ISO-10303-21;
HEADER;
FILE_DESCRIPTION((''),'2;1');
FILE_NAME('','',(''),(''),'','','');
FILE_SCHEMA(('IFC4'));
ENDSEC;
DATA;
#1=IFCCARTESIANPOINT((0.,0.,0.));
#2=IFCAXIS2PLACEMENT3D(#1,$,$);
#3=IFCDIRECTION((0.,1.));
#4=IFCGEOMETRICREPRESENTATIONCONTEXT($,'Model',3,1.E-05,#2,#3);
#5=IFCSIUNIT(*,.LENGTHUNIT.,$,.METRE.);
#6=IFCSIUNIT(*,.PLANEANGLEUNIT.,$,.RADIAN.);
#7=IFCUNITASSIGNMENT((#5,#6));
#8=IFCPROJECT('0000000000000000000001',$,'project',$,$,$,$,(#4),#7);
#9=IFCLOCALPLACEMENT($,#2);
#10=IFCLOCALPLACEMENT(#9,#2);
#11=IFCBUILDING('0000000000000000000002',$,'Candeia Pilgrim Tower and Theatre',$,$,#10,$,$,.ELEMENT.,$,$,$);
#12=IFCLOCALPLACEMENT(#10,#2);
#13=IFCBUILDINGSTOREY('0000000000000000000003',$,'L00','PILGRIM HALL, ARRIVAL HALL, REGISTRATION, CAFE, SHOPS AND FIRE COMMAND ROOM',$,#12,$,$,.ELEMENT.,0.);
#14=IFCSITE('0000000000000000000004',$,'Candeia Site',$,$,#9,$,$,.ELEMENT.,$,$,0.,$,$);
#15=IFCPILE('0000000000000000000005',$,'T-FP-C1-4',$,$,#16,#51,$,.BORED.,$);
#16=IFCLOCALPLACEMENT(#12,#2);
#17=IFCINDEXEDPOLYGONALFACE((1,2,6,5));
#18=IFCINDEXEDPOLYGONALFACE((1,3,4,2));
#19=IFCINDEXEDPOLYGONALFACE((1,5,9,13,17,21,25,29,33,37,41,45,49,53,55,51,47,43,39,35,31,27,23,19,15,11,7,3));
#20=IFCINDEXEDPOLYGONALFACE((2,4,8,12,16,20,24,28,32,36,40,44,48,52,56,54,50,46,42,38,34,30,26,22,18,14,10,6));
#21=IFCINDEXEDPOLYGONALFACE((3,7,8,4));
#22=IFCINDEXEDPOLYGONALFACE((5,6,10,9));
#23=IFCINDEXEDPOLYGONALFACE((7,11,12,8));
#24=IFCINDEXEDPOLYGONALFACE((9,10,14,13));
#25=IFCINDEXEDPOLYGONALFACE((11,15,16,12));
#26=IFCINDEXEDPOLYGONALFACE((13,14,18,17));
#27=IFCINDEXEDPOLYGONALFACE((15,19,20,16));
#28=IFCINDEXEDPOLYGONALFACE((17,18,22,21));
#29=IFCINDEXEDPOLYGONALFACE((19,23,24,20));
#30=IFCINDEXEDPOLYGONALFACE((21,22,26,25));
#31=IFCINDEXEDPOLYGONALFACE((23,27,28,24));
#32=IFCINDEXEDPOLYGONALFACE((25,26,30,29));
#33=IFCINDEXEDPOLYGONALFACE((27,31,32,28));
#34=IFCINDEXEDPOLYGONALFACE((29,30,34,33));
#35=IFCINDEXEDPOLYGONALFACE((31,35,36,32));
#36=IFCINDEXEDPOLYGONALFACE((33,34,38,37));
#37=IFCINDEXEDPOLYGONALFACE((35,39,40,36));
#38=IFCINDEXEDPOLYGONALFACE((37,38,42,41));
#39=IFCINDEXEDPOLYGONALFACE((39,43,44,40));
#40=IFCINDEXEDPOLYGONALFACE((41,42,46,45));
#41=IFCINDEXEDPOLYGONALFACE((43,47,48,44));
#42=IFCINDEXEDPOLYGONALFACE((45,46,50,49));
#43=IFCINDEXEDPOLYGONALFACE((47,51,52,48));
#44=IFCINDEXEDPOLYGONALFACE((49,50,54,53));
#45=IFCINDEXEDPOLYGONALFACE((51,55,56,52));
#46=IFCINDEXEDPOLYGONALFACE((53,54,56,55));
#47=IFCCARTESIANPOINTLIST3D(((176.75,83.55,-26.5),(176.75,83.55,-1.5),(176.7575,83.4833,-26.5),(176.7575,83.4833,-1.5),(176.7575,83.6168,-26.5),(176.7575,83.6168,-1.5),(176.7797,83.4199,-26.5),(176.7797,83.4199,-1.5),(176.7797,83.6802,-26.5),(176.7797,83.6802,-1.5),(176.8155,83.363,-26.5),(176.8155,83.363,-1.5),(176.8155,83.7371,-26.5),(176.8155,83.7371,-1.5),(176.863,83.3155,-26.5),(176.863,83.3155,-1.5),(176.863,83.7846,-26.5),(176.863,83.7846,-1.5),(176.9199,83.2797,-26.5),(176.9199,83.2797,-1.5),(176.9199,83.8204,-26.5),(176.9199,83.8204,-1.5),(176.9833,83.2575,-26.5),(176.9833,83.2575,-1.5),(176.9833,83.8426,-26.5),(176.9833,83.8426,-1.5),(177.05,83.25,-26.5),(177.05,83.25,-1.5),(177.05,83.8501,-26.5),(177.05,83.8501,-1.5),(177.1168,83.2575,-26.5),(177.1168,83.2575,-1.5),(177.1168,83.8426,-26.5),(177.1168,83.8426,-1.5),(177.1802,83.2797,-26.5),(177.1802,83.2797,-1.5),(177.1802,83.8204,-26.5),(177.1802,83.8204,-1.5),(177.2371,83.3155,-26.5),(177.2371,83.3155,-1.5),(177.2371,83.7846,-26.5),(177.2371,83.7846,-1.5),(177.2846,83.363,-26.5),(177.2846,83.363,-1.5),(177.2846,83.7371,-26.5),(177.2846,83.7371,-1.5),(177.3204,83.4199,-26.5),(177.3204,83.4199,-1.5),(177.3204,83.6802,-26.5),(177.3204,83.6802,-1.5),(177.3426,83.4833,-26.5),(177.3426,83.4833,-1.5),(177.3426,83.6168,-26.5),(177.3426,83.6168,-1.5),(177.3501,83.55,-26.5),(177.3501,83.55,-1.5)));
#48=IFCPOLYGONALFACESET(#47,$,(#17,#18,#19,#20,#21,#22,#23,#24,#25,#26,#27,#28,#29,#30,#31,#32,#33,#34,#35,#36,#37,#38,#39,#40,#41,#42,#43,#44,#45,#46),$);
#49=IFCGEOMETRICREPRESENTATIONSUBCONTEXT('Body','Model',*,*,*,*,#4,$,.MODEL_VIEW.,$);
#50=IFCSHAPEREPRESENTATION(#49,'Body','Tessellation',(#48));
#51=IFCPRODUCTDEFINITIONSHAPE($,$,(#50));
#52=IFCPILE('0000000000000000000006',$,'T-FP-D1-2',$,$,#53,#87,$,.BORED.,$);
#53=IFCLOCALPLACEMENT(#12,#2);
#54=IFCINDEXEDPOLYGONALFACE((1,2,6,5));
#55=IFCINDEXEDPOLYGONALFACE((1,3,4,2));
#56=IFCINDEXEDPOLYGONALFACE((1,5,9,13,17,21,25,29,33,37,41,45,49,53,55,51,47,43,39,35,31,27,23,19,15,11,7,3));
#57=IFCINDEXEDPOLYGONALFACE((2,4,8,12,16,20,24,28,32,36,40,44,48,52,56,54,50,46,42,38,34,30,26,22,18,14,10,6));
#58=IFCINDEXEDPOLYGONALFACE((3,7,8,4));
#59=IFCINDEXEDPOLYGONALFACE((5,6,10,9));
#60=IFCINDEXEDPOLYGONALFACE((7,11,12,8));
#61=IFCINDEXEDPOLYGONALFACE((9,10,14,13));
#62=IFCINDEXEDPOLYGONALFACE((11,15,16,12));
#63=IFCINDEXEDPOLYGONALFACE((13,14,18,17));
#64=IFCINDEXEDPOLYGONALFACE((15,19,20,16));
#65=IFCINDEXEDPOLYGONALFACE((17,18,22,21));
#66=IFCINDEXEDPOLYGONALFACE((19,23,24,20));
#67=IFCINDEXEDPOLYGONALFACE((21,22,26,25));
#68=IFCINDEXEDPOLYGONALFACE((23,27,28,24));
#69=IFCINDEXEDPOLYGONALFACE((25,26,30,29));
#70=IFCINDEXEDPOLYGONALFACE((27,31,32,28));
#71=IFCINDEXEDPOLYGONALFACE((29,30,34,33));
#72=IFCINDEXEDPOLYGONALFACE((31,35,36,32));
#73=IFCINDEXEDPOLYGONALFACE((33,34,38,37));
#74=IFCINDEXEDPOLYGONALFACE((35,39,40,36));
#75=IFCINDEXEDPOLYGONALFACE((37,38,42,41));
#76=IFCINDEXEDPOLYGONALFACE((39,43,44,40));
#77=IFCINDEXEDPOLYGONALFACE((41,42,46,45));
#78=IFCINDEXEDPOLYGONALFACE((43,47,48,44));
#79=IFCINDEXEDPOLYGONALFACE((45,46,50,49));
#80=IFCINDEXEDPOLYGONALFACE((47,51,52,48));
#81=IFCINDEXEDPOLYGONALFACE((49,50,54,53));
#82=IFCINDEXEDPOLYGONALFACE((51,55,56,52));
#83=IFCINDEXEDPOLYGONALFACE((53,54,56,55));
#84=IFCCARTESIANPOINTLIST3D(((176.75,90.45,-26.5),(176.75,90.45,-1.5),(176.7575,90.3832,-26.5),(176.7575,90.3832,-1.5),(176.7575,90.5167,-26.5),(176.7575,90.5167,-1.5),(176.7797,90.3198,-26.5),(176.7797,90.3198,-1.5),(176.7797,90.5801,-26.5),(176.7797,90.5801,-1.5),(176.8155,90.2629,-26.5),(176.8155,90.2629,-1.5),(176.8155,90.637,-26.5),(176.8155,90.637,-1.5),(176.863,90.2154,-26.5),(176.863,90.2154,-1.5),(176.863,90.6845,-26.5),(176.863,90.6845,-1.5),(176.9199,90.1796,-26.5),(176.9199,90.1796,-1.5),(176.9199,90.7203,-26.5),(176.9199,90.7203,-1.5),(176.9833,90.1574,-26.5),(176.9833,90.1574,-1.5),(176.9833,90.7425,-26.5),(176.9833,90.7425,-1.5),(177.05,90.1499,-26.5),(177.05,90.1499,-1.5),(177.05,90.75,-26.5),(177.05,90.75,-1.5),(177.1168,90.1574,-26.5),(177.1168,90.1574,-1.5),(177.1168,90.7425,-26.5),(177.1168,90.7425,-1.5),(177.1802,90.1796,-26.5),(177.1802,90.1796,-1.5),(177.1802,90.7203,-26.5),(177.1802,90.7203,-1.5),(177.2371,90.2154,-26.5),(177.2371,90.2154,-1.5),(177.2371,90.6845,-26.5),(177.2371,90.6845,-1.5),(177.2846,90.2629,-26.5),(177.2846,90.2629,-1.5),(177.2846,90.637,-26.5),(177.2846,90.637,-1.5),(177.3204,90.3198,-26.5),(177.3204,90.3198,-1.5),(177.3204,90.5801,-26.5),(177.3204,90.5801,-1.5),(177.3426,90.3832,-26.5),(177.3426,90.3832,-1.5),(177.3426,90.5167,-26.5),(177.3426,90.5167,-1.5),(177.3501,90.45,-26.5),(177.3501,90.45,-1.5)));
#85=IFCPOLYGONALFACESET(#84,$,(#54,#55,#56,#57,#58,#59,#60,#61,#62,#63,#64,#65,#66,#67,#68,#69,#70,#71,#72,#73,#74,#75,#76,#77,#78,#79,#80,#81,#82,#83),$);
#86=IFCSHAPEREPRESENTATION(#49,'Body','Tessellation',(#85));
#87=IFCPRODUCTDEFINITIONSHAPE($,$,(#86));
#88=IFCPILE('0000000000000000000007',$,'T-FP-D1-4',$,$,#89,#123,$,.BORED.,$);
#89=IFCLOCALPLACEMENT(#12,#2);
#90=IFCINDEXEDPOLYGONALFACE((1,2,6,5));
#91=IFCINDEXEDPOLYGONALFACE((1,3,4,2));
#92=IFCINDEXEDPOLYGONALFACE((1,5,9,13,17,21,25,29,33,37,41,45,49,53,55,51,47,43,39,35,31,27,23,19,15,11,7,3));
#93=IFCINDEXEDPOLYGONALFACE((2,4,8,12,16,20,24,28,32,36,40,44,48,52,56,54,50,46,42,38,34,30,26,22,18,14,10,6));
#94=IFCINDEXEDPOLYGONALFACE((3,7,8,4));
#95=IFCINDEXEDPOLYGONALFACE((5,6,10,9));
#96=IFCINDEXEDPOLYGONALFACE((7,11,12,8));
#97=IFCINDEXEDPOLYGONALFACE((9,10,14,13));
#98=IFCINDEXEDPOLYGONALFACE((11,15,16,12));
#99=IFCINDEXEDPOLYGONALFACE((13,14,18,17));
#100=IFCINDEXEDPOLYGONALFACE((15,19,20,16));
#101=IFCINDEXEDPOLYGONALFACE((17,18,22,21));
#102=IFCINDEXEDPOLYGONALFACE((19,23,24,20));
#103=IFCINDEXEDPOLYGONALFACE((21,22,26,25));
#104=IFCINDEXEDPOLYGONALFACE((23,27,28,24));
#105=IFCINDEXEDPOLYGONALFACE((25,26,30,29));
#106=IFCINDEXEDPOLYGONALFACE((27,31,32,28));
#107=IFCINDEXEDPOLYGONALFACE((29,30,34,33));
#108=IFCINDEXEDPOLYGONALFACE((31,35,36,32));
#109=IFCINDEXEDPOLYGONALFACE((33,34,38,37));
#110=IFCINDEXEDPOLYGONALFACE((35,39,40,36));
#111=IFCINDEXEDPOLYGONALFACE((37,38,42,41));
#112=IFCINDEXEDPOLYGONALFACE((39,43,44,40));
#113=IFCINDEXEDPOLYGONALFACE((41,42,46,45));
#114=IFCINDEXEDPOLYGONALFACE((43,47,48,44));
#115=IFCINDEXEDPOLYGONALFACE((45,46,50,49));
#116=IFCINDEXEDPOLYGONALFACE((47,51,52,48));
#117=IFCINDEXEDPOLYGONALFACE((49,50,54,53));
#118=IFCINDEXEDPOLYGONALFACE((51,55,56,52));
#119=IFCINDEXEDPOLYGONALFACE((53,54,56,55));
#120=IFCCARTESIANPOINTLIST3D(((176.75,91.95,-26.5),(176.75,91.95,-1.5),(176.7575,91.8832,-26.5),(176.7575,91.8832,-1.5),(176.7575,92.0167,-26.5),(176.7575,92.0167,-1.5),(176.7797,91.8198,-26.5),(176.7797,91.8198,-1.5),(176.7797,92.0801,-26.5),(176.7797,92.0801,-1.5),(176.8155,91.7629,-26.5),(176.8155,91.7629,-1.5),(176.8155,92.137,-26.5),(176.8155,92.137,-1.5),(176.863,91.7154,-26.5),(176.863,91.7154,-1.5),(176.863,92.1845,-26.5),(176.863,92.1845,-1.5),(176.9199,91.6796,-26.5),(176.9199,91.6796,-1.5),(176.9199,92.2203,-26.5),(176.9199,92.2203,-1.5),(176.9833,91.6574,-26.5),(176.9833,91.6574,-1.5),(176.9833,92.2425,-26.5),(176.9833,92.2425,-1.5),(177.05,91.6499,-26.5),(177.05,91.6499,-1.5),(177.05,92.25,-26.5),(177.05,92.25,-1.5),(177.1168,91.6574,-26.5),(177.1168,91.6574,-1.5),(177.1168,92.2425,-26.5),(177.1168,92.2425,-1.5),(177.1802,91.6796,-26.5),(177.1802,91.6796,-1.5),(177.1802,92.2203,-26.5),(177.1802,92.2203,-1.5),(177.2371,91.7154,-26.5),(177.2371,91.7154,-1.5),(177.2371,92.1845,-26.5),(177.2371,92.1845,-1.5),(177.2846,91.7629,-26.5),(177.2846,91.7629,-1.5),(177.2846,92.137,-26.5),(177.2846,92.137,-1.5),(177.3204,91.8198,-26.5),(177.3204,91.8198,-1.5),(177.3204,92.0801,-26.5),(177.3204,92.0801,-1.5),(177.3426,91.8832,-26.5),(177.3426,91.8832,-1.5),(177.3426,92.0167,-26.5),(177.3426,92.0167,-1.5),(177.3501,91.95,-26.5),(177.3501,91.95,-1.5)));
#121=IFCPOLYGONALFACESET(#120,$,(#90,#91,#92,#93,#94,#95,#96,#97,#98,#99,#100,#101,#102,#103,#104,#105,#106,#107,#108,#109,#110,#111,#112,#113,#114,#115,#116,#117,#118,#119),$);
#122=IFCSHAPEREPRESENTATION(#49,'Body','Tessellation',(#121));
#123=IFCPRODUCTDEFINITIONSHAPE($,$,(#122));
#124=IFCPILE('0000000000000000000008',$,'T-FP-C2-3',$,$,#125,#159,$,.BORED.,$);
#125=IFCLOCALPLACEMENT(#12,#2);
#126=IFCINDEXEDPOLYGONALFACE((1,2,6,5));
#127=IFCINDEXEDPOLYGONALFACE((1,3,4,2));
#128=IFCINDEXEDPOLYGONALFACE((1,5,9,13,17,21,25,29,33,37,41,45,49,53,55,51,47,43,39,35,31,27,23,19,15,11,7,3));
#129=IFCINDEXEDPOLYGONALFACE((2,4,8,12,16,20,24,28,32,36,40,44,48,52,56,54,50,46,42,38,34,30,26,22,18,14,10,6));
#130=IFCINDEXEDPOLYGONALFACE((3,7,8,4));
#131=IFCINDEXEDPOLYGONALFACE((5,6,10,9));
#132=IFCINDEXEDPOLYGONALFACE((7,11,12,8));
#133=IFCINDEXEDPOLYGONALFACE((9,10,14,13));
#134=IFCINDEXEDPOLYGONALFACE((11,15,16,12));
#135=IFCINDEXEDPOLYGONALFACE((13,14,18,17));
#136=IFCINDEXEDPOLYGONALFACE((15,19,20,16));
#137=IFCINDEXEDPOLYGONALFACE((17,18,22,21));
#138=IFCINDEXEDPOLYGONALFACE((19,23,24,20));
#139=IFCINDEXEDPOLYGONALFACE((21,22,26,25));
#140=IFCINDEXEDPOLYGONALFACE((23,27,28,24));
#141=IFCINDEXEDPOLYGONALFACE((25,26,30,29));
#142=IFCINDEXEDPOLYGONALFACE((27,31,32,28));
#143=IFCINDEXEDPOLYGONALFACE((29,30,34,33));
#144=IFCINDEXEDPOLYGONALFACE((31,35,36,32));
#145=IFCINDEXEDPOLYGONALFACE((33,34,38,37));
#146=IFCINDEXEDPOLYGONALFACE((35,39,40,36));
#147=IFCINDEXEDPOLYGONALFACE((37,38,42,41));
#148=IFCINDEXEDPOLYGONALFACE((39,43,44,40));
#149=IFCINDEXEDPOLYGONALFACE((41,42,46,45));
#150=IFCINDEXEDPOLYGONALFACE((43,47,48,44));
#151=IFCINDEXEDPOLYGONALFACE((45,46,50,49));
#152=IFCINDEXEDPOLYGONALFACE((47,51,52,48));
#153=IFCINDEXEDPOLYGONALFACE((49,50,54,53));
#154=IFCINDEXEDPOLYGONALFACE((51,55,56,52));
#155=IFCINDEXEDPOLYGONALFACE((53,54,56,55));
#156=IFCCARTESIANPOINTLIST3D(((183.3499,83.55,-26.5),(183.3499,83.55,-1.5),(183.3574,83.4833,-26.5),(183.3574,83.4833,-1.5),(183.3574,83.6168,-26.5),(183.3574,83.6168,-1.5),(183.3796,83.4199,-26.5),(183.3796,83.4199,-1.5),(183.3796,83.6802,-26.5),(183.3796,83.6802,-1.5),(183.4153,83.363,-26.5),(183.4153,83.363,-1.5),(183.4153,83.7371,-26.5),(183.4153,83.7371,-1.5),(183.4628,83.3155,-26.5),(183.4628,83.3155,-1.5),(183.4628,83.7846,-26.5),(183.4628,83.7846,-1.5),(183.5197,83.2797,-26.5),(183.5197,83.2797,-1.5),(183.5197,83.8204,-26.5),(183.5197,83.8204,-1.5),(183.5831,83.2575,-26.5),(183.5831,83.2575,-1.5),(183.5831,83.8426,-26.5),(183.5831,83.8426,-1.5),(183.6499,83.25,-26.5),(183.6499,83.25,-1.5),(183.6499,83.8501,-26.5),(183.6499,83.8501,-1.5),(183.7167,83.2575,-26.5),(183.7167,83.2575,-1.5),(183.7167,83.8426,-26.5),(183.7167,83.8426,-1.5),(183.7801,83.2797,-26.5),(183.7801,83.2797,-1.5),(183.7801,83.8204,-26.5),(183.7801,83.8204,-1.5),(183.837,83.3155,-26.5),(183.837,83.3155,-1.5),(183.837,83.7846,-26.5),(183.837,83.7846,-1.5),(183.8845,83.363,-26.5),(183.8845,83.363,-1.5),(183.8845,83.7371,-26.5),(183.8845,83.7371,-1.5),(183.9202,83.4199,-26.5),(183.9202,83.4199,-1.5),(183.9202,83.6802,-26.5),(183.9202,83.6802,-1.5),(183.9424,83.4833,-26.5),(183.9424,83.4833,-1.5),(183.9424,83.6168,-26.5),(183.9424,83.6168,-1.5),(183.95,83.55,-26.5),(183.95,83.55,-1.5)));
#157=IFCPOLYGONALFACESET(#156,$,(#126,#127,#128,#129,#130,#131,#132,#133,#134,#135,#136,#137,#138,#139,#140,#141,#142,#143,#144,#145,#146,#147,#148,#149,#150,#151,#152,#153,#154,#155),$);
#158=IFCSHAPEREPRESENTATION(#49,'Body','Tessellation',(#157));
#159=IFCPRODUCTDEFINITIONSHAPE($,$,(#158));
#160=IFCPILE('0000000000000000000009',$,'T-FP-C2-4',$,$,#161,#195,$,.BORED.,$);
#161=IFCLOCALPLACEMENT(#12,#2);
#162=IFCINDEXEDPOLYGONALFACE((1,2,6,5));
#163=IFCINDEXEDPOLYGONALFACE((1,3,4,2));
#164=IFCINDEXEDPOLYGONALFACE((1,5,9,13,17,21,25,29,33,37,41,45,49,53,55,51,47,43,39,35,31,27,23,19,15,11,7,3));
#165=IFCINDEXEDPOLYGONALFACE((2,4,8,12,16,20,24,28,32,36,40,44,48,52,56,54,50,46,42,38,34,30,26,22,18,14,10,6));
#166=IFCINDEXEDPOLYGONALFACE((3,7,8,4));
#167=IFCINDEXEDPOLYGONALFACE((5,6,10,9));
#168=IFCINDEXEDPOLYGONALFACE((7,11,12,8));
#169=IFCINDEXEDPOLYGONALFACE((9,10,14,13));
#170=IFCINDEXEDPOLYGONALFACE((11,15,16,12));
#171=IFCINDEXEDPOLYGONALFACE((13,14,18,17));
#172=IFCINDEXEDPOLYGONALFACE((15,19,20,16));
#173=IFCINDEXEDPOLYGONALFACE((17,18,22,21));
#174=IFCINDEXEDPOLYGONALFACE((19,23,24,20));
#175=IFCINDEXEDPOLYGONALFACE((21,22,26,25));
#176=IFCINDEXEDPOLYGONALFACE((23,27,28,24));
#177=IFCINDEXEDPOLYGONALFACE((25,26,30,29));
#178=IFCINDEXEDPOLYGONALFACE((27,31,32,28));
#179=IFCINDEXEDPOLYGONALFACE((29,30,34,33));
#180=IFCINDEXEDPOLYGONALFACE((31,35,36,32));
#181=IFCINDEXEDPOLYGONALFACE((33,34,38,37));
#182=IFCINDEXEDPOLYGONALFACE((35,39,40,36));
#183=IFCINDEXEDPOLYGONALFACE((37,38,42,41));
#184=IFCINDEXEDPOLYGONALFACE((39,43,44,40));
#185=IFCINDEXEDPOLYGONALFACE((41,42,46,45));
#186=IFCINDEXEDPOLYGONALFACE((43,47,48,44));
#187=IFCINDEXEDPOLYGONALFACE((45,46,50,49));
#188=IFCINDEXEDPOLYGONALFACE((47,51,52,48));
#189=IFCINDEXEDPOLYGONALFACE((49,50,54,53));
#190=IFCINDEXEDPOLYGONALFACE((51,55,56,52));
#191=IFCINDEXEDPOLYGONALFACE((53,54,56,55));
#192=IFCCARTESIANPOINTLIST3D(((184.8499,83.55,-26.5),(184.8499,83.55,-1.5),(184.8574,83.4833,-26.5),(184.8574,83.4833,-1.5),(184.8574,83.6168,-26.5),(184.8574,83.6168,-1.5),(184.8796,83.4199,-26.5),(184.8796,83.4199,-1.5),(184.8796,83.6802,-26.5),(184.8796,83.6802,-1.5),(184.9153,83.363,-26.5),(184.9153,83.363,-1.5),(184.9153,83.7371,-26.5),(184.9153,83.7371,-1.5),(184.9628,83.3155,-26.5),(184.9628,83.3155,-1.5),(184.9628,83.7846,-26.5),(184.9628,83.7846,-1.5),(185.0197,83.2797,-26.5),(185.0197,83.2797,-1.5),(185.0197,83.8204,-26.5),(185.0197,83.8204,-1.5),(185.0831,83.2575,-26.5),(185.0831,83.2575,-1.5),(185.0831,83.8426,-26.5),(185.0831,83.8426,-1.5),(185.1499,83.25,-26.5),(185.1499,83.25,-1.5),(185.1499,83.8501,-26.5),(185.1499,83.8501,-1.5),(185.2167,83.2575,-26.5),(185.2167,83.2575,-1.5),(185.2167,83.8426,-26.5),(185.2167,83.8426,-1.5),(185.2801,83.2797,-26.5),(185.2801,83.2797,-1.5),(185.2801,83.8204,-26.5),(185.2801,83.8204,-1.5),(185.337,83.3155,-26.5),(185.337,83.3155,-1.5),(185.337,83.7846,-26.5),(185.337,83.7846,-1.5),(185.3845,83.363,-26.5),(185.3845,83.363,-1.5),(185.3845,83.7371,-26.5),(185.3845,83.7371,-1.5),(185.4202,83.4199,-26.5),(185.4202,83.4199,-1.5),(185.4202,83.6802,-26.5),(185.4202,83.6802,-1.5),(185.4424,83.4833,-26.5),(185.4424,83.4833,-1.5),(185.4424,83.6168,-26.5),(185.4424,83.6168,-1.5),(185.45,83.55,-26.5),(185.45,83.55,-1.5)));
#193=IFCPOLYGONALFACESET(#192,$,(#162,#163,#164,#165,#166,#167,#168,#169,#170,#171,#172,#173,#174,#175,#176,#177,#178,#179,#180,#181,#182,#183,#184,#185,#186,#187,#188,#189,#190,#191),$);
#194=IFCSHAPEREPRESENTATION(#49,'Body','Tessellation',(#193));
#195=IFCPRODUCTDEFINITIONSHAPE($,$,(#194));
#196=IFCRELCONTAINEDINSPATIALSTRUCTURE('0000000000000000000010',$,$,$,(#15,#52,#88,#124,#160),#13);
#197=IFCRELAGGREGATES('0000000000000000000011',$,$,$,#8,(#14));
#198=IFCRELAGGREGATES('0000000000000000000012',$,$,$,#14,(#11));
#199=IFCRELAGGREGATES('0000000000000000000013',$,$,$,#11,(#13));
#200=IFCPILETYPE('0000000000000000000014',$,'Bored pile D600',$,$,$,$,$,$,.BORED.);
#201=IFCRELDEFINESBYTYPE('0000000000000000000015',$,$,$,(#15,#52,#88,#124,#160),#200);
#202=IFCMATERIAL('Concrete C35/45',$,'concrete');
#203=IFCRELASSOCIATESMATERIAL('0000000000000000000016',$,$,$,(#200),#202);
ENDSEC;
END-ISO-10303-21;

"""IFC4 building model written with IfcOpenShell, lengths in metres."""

from ifc_helpers import new_model, si_unit, direction, frame, origin, origin_2d, place, context, subcontext, project, spatial, circle, extrude, material, type_object, element, save


model = new_model("IFC4")

# Units and contexts
model_context = context("Model", 3, precision=1e-05, world=origin(), true_north=direction((0.0, 1.0)))
body_context = subcontext(model_context, "Body", "Model", "MODEL_VIEW")
ifc_project = project(units=[si_unit("LENGTHUNIT", "METRE"), si_unit("PLANEANGLEUNIT", "RADIAN")], contexts=[model_context])

# Site, building, storey
site_placement = place(None, origin())
site = spatial("IfcSite", under=ifc_project, at=site_placement, Name="Candeia Site", CompositionType="ELEMENT", RefElevation=0.0)
building_placement = place(site_placement, origin())
building = spatial("IfcBuilding", under=site, at=building_placement, Name="Candeia Pilgrim Tower and Theatre", CompositionType="ELEMENT")
storey_placement = place(building_placement, origin())
storey = spatial("IfcBuildingStorey", under=building, at=storey_placement, Name="L00", Description="PILGRIM HALL, ARRIVAL HALL, REGISTRATION, CAFE, SHOPS AND FIRE COMMAND ROOM", CompositionType="ELEMENT", Elevation=0.0)

# Piles
ifc_material_1 = material(Name="Concrete C35/45", Category="concrete")
pile_type = type_object("IfcPileType", Name="Bored pile D600", PredefinedType="BORED", material=ifc_material_1)
for number, where, z_axis, x_axis, name in (
    (1, (177.05, 83.55, -1.5), (0.0, 0.0, -1.0), (1.0, 0.0, 0.0), "T-FP-C1-4"),
    (2, (177.05, 90.45, -1.5), (0.0, 0.0, -1.0), (1.0, 0.0, 0.0), "T-FP-D1-2"),
    (3, (177.05, 91.95, -1.5), (0.0, 0.0, -1.0), (1.0, 0.0, 0.0), "T-FP-D1-4"),
    (4, (183.6499, 83.55, -1.5), (0.0, 0.0, -1.0), (1.0, 0.0, 0.0), "T-FP-C2-3"),
    (5, (185.1499, 83.55, -1.5), (0.0, 0.0, -1.0), (1.0, 0.0, 0.0), "T-FP-C2-4"),
):
    element("IfcPile", number, at=place(storey_placement, frame(where, z_axis=z_axis, x_axis=x_axis)), inside=storey, type_object=pile_type, Name=name, PredefinedType="BORED", context=body_context, shape_type="SweptSolid", body=[
        extrude(circle(Radius=0.3, at=origin_2d()), origin(), (0.0, 0.0, 1.0), 25.0),
    ])

save(model, "model.ifc")
